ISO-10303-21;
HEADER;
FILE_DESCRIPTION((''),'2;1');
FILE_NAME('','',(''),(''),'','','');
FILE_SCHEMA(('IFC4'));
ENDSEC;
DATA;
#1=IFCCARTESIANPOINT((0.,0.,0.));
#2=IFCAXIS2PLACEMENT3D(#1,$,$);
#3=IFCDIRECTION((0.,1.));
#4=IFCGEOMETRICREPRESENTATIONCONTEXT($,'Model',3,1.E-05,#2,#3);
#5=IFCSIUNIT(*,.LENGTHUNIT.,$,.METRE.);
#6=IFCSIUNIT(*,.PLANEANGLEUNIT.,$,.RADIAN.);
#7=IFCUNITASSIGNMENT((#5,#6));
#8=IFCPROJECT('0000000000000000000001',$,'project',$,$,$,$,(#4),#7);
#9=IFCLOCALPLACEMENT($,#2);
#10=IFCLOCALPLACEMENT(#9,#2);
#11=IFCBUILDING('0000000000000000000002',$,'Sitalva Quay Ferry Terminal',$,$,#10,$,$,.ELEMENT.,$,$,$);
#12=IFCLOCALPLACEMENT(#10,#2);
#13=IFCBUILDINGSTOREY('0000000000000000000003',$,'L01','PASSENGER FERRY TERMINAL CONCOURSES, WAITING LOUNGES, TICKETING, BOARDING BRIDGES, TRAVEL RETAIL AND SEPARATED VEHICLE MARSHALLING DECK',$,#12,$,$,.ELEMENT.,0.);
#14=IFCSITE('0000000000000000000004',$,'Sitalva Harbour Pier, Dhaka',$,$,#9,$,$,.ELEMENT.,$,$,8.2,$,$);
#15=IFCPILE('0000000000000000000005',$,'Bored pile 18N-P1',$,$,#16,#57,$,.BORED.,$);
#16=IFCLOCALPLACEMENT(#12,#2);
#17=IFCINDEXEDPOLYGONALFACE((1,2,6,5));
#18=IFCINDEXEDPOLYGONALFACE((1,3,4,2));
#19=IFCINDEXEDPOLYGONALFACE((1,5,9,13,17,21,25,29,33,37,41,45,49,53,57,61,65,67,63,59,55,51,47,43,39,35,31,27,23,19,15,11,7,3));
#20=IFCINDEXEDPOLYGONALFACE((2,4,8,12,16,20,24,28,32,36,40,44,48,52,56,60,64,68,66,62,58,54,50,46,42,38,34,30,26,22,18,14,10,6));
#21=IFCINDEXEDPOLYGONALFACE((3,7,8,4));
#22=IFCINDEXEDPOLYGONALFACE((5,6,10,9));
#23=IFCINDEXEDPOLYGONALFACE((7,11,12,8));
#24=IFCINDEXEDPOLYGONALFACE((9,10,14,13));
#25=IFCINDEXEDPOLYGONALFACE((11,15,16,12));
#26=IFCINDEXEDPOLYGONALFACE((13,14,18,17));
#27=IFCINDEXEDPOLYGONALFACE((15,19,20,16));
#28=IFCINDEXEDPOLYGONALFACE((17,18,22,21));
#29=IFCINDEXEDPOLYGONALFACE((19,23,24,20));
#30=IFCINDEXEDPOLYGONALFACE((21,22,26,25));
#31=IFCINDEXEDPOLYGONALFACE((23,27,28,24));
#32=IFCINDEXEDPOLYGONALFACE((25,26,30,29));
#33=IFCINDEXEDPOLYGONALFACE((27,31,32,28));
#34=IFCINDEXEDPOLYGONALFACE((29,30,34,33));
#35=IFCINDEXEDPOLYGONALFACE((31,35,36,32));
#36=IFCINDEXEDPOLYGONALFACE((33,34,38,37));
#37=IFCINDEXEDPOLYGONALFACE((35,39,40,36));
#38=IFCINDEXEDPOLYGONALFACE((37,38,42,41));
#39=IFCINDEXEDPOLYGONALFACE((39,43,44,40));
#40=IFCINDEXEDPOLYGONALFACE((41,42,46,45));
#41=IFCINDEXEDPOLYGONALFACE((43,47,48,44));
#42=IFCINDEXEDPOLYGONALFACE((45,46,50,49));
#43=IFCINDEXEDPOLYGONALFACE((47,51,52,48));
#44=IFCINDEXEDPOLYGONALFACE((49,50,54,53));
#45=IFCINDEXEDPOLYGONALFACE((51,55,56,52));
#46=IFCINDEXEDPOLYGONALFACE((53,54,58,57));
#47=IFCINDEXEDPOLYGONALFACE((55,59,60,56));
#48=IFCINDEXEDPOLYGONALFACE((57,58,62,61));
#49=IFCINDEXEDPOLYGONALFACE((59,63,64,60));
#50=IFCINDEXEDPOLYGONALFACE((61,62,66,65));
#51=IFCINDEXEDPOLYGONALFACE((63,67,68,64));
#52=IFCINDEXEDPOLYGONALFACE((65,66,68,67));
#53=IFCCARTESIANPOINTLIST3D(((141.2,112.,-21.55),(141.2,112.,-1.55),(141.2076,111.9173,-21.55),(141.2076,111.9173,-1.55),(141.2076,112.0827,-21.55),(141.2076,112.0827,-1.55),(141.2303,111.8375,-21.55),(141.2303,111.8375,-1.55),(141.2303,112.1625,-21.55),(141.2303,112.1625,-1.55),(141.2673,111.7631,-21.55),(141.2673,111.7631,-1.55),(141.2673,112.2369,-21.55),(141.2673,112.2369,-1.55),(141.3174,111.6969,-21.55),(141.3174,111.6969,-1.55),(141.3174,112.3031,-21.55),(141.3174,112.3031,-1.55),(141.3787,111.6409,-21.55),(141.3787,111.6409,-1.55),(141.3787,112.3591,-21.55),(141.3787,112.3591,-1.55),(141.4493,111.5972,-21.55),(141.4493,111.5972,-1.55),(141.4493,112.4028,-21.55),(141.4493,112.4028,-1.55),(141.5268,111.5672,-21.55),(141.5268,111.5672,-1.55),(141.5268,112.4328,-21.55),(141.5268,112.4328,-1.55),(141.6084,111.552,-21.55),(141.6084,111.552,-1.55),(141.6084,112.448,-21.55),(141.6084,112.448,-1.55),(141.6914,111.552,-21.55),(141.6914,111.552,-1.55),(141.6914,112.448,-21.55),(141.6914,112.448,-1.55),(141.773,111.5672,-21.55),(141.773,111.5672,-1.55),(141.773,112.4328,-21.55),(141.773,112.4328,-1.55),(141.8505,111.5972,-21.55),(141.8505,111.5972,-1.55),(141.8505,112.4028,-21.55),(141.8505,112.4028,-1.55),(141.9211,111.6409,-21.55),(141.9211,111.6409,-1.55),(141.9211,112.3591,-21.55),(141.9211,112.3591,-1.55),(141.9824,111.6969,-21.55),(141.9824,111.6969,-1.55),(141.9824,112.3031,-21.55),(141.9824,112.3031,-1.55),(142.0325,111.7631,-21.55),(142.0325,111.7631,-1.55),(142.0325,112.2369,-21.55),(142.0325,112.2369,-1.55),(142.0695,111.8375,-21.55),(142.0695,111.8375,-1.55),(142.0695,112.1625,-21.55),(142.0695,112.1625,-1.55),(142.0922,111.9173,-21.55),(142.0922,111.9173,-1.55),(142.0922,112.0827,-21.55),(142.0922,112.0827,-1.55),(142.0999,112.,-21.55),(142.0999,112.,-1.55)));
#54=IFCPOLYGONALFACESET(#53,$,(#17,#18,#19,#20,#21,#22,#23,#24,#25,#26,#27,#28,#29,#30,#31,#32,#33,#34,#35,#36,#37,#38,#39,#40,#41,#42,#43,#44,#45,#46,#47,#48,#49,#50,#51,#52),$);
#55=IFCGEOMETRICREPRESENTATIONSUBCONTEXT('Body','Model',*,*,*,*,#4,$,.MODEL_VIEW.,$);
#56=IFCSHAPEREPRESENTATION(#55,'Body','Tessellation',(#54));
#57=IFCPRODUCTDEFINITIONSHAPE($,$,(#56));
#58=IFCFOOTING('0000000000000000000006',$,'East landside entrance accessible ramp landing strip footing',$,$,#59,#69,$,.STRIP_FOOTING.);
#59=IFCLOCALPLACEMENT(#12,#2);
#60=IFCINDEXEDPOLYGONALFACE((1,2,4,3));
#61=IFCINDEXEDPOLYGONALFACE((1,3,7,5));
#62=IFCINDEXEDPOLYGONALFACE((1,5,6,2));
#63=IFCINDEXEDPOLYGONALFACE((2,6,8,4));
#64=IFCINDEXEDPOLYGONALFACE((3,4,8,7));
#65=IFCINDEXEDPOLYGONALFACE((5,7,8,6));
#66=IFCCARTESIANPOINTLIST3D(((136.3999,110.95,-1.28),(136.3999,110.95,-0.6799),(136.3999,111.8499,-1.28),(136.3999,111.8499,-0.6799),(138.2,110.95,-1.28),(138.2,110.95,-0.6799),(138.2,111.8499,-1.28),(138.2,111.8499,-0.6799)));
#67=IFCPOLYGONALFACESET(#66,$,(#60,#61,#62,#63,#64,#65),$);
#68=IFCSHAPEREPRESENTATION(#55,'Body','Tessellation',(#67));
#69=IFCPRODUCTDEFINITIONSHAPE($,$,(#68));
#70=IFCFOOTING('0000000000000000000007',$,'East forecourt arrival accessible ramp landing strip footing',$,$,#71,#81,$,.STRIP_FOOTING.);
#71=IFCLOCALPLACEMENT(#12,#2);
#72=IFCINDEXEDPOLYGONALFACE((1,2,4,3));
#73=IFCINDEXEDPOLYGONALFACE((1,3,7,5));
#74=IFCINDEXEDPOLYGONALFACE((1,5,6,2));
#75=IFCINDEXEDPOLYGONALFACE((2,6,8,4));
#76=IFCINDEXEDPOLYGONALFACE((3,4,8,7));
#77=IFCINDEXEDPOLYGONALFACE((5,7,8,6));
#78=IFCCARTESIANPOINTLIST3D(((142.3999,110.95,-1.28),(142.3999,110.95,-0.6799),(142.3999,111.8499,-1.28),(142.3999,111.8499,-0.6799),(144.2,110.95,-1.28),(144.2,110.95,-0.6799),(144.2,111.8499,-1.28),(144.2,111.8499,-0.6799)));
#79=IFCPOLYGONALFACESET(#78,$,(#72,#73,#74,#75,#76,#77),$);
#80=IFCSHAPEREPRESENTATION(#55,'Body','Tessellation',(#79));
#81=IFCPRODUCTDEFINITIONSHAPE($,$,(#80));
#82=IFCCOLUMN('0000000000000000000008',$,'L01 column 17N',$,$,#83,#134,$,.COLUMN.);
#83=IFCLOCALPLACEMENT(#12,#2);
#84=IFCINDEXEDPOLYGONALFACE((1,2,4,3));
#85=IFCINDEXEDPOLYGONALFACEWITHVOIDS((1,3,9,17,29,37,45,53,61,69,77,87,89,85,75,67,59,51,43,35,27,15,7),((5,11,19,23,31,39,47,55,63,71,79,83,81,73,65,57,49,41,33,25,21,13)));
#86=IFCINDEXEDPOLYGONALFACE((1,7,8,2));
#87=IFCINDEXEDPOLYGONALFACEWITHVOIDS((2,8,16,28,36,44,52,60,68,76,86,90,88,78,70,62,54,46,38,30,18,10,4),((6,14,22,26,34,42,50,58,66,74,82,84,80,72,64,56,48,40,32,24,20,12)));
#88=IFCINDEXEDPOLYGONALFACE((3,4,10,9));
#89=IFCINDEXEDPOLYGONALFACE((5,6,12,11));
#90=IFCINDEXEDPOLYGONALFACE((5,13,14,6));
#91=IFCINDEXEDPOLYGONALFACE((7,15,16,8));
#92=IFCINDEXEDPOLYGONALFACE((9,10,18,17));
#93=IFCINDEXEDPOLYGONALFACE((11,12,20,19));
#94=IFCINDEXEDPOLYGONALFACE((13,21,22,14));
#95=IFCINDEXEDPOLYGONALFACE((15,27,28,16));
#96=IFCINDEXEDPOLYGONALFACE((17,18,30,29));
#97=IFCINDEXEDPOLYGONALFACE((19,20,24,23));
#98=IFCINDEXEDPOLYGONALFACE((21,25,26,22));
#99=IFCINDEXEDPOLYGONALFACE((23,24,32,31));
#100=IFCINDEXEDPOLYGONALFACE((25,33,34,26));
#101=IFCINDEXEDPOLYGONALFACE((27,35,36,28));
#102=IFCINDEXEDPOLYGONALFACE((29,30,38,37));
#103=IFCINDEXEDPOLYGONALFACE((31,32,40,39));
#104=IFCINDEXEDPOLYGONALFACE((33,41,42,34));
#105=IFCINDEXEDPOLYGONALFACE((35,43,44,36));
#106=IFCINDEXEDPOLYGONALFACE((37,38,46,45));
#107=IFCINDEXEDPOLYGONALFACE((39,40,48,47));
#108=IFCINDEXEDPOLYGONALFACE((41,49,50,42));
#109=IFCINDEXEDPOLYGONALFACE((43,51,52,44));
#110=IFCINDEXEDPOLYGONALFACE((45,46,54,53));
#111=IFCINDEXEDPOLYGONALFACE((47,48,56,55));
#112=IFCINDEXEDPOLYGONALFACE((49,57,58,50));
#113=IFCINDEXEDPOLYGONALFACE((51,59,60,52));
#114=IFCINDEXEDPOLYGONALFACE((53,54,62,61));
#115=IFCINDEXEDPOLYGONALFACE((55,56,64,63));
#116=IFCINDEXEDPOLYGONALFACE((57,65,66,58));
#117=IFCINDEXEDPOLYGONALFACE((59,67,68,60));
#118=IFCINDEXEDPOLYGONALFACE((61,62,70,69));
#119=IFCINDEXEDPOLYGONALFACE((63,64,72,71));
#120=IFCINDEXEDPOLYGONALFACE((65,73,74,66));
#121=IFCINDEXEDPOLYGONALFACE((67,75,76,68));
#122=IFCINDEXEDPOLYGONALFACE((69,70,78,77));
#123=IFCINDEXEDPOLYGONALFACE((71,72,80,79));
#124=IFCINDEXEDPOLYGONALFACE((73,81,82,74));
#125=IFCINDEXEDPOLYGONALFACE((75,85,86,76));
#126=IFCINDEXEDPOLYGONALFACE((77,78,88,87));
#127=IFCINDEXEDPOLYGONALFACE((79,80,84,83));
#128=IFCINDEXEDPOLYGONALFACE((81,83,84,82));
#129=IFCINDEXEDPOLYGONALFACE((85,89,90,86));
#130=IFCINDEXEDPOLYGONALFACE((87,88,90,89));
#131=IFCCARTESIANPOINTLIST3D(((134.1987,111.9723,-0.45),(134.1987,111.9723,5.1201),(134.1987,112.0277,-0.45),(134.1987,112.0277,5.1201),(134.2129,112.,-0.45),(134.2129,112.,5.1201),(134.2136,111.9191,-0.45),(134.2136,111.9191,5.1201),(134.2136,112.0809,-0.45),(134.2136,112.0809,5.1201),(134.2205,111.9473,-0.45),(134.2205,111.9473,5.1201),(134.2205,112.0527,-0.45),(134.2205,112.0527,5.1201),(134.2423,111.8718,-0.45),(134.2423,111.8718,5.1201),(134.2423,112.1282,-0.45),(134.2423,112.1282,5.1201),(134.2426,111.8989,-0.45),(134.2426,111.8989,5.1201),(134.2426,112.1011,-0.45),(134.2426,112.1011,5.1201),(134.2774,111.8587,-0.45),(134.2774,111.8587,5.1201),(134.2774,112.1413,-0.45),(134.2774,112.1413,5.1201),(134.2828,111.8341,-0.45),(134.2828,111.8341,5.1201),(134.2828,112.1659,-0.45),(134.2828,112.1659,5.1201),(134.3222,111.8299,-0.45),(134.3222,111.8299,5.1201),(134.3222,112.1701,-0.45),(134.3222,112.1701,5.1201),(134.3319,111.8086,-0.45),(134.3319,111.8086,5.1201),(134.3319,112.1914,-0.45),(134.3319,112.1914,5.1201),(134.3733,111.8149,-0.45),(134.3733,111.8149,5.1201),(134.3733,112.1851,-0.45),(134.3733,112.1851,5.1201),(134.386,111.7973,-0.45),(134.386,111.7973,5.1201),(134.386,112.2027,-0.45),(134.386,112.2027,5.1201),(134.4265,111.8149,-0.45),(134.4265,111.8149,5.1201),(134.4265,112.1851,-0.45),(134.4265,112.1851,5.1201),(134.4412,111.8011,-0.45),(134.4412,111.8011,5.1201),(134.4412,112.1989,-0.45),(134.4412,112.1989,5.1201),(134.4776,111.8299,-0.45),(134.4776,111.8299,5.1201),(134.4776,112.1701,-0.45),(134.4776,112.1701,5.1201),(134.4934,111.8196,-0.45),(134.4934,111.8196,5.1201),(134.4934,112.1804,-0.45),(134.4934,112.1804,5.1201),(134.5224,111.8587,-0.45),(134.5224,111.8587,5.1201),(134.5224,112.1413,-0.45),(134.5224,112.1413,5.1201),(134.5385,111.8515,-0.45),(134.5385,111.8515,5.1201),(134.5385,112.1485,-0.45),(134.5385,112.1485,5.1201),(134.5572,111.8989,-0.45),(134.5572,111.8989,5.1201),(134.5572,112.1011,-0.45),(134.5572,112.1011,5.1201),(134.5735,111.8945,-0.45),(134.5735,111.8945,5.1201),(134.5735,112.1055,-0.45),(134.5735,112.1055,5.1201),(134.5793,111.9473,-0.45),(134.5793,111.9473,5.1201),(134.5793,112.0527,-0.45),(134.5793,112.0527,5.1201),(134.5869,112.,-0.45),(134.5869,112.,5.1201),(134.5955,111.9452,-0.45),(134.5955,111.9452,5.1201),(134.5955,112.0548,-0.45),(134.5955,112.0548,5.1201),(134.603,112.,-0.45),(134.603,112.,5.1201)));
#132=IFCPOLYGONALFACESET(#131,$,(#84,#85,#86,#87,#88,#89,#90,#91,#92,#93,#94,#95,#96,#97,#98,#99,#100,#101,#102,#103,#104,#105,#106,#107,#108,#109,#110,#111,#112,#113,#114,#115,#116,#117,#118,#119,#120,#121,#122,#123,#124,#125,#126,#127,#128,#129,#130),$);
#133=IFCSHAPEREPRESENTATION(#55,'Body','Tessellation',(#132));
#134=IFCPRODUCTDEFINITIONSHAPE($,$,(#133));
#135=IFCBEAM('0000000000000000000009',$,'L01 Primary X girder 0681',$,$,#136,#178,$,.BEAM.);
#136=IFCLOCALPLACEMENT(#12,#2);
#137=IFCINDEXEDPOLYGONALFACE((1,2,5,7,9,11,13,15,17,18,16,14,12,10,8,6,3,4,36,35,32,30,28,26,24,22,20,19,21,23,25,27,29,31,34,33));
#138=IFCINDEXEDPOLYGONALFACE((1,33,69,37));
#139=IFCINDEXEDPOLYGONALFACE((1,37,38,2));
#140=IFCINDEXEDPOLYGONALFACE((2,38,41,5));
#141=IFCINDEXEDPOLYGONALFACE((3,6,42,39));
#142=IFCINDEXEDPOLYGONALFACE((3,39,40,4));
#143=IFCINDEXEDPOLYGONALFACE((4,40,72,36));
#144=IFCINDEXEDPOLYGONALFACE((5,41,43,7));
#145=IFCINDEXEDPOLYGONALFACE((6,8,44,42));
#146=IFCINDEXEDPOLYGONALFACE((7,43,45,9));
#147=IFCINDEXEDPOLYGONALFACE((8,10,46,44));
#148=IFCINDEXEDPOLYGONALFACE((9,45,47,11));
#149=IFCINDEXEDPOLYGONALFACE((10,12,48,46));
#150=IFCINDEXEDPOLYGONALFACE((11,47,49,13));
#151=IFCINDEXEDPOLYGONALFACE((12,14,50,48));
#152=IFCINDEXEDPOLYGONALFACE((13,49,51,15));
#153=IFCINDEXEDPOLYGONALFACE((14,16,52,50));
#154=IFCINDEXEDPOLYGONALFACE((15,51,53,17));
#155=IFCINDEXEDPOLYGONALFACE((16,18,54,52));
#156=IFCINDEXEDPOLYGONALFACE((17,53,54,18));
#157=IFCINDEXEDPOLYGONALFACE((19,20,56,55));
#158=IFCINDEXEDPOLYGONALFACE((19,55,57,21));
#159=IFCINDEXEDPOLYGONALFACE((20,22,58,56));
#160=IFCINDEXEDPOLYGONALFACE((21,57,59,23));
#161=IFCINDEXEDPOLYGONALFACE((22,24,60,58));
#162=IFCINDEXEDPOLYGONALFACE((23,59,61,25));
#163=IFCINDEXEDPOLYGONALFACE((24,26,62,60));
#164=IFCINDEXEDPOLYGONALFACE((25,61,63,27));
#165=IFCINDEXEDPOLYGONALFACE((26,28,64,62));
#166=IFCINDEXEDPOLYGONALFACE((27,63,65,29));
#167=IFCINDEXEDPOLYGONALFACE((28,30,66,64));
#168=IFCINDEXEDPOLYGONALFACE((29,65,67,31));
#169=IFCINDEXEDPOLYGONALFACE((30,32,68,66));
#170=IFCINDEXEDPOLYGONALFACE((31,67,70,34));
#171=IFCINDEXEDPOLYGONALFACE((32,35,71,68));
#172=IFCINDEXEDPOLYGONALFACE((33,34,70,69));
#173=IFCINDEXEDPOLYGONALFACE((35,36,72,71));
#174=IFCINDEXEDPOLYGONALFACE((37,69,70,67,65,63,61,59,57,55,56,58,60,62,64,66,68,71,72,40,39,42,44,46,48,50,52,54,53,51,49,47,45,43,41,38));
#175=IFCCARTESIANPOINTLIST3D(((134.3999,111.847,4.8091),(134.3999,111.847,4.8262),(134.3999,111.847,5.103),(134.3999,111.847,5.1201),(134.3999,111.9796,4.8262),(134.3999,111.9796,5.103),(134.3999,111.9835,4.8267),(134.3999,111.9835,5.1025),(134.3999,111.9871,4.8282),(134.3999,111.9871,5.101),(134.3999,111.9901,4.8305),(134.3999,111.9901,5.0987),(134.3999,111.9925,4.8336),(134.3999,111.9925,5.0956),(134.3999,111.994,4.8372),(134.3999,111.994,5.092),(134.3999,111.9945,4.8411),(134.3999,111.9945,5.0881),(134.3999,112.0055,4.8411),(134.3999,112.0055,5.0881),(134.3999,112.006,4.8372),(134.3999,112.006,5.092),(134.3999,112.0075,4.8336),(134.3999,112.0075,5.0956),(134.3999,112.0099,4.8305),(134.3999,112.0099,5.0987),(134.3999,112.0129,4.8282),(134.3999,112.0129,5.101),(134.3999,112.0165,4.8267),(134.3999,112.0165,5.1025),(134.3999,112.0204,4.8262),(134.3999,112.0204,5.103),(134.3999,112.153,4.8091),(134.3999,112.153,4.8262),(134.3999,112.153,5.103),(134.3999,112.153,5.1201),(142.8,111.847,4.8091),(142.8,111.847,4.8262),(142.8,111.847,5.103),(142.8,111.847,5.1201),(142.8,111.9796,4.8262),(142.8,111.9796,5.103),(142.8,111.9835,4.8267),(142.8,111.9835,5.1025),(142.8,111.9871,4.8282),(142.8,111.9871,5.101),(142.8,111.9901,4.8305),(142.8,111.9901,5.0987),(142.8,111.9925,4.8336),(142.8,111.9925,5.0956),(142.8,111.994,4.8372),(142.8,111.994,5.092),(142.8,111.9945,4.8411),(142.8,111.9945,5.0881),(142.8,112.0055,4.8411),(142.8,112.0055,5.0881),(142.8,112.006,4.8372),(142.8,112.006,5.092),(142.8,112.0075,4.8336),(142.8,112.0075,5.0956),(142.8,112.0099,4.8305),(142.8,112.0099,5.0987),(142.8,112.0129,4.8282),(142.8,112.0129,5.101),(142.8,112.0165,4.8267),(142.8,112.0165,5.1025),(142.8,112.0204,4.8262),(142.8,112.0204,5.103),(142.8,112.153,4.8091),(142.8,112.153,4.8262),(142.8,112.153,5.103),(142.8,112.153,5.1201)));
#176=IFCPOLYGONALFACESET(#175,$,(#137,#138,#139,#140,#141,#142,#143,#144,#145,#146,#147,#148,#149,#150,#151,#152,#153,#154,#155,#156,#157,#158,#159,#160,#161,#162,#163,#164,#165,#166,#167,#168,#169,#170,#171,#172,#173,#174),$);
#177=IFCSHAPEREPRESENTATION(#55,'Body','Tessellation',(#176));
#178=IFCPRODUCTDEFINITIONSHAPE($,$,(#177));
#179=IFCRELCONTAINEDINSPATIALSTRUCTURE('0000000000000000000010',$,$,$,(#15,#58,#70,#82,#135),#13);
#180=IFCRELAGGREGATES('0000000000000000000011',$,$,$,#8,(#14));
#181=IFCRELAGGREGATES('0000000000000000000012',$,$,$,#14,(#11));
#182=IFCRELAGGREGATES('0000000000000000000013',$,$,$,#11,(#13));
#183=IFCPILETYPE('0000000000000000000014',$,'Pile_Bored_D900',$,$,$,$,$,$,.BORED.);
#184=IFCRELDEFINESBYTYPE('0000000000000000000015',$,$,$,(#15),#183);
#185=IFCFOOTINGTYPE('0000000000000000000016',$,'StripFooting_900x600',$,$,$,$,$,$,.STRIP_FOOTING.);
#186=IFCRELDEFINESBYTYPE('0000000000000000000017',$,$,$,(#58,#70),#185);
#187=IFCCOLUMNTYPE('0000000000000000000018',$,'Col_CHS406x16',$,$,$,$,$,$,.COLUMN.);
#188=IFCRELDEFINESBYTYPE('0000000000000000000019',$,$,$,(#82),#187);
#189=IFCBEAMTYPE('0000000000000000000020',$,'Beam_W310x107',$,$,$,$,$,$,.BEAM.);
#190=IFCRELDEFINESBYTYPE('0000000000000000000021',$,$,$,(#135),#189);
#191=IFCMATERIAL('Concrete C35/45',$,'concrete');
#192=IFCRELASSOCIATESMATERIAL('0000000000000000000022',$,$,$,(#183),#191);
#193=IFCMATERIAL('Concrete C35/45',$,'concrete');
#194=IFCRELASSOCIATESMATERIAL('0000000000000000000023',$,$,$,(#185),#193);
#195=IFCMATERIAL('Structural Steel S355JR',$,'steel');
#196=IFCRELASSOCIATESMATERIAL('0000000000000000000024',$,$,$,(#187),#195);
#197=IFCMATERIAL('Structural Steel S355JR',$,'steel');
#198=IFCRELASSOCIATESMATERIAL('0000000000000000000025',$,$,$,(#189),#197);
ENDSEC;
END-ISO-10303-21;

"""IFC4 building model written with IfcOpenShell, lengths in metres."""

from ifc_helpers import new_model, si_unit, direction, frame, origin, origin_2d, place, context, subcontext, project, spatial, rectangle, circle, hollow_circle, i_section, extrude, material, material_profile, profile_set, type_object, element, save


model = new_model("IFC4")

# Units and contexts
model_context = context("Model", 3, precision=1e-05, world=origin(), true_north=direction((0.0, 1.0)))
body_context = subcontext(model_context, "Body", "Model", "MODEL_VIEW")
ifc_project = project(units=[si_unit("LENGTHUNIT", "METRE"), si_unit("PLANEANGLEUNIT", "RADIAN")], contexts=[model_context])

# Site, building, storey
site_placement = place(None, origin())
site = spatial("IfcSite", under=ifc_project, at=site_placement, Name="Sitalva Harbour Pier, Dhaka", CompositionType="ELEMENT", RefElevation=8.2)
building_placement = place(site_placement, origin())
building = spatial("IfcBuilding", under=site, at=building_placement, Name="Sitalva Quay Ferry Terminal", CompositionType="ELEMENT")
storey_placement = place(building_placement, origin())
storey = spatial("IfcBuildingStorey", under=building, at=storey_placement, Name="L01", Description="PASSENGER FERRY TERMINAL CONCOURSES, WAITING LOUNGES, TICKETING, BOARDING BRIDGES, TRAVEL RETAIL AND SEPARATED VEHICLE MARSHALLING DECK", CompositionType="ELEMENT", Elevation=0.0)

# Pile
ifc_material_1 = material(Name="Concrete C35/45", Category="concrete")
ifc_material_profile_1 = material_profile(ifc_material_1, circle(Radius=0.45, at=origin_2d()), Name="PILE-D900")
ifc_profile_set_1 = profile_set([ifc_material_profile_1], Name="Concrete C35/45")
pile_type = type_object("IfcPileType", Name="Pile_Bored_D900", PredefinedType="BORED", material=ifc_profile_set_1)
for number, where, z_axis, x_axis, name in (
    (1, (141.6499, 112.0, -1.55), (0.0, 0.0, -1.0), (1.0, 0.0, 0.0), "Bored pile 18N-P1"),
):
    element("IfcPile", number, at=place(storey_placement, frame(where, z_axis=z_axis, x_axis=x_axis)), inside=storey, type_object=pile_type, Name=name, PredefinedType="BORED", context=body_context, shape_type="SweptSolid", body=[
        extrude(circle(Radius=0.45, at=origin_2d()), origin(), (0.0, 0.0, 1.0), 20.0),
    ])

# Footings
ifc_material_2 = material(Name="Concrete C35/45", Category="concrete")
ifc_material_profile_2 = material_profile(ifc_material_2, rectangle(XDim=0.8999, YDim=0.6001, at=origin_2d()), Name="RC900x600")
ifc_profile_set_2 = profile_set([ifc_material_profile_2], Name="Concrete C35/45")
footing_type_1 = type_object("IfcFootingType", Name="StripFooting_900x600", PredefinedType="STRIP_FOOTING", material=ifc_profile_set_2)
for number, where, z_axis, x_axis, name in (
    (2, (136.3999, 111.3999, -0.98), (1.0, 0.0, 0.0), (0.0, 1.0, 0.0), "East landside entrance accessible ramp landing strip footing"),
    (3, (142.3999, 111.3999, -0.98), (1.0, 0.0, 0.0), (0.0, 1.0, 0.0), "East forecourt arrival accessible ramp landing strip footing"),
):
    element("IfcFooting", number, at=place(storey_placement, frame(where, z_axis=z_axis, x_axis=x_axis)), inside=storey, type_object=footing_type_1, Name=name, PredefinedType="STRIP_FOOTING", context=body_context, shape_type="SweptSolid", body=[
        extrude(rectangle(XDim=0.8999, YDim=0.6001, at=origin_2d()), origin(), (0.0, 0.0, 1.0), 1.8),
    ])

# Column
ifc_material_3 = material(Name="Structural Steel S355JR", Category="steel")
ifc_material_profile_3 = material_profile(ifc_material_3, hollow_circle(Radius=0.2031, WallThickness=0.0161, at=origin_2d()), Name="CHS406x16")
ifc_profile_set_3 = profile_set([ifc_material_profile_3], Name="Structural Steel S355JR")
column_type = type_object("IfcColumnType", Name="Col_CHS406x16", PredefinedType="COLUMN", material=ifc_profile_set_3)
column_placement = place(storey_placement, frame((134.3999, 112.0, -0.45), z_axis=(0.0, 0.0, 1.0), x_axis=(1.0, 0.0, 0.0)))
element("IfcColumn", 4, at=column_placement, inside=storey, type_object=column_type, Name="L01 column 17N", PredefinedType="COLUMN", context=body_context, shape_type="SweptSolid", body=[
    extrude(hollow_circle(Radius=0.2031, WallThickness=0.0161, at=origin_2d()), origin(), (0.0, 0.0, 1.0), 5.5701),
])

# Beam
ifc_material_4 = material(Name="Structural Steel S355JR", Category="steel")
ifc_material_profile_4 = material_profile(ifc_material_4, i_section(OverallWidth=0.3059, OverallDepth=0.311, WebThickness=0.011, FlangeThickness=0.0171, FilletRadius=0.0149, at=origin_2d()), Name="W310x107")
ifc_profile_set_4 = profile_set([ifc_material_profile_4], Name="Structural Steel S355JR")
beam_type_1 = type_object("IfcBeamType", Name="Beam_W310x107", PredefinedType="BEAM", material=ifc_profile_set_4)
beam_placement = place(storey_placement, frame((134.3999, 112.0, 4.9646), z_axis=(1.0, 0.0, 0.0), x_axis=(0.0, 1.0, 0.0)))
element("IfcBeam", 5, at=beam_placement, inside=storey, type_object=beam_type_1, Name="L01 Primary X girder 0681", PredefinedType="BEAM", context=body_context, shape_type="SweptSolid", body=[
    extrude(i_section(OverallWidth=0.3059, OverallDepth=0.311, WebThickness=0.011, FlangeThickness=0.0171, FilletRadius=0.0149, at=origin_2d()), origin(), (0.0, 0.0, 1.0), 8.4001),
])

save(model, "model.ifc")
